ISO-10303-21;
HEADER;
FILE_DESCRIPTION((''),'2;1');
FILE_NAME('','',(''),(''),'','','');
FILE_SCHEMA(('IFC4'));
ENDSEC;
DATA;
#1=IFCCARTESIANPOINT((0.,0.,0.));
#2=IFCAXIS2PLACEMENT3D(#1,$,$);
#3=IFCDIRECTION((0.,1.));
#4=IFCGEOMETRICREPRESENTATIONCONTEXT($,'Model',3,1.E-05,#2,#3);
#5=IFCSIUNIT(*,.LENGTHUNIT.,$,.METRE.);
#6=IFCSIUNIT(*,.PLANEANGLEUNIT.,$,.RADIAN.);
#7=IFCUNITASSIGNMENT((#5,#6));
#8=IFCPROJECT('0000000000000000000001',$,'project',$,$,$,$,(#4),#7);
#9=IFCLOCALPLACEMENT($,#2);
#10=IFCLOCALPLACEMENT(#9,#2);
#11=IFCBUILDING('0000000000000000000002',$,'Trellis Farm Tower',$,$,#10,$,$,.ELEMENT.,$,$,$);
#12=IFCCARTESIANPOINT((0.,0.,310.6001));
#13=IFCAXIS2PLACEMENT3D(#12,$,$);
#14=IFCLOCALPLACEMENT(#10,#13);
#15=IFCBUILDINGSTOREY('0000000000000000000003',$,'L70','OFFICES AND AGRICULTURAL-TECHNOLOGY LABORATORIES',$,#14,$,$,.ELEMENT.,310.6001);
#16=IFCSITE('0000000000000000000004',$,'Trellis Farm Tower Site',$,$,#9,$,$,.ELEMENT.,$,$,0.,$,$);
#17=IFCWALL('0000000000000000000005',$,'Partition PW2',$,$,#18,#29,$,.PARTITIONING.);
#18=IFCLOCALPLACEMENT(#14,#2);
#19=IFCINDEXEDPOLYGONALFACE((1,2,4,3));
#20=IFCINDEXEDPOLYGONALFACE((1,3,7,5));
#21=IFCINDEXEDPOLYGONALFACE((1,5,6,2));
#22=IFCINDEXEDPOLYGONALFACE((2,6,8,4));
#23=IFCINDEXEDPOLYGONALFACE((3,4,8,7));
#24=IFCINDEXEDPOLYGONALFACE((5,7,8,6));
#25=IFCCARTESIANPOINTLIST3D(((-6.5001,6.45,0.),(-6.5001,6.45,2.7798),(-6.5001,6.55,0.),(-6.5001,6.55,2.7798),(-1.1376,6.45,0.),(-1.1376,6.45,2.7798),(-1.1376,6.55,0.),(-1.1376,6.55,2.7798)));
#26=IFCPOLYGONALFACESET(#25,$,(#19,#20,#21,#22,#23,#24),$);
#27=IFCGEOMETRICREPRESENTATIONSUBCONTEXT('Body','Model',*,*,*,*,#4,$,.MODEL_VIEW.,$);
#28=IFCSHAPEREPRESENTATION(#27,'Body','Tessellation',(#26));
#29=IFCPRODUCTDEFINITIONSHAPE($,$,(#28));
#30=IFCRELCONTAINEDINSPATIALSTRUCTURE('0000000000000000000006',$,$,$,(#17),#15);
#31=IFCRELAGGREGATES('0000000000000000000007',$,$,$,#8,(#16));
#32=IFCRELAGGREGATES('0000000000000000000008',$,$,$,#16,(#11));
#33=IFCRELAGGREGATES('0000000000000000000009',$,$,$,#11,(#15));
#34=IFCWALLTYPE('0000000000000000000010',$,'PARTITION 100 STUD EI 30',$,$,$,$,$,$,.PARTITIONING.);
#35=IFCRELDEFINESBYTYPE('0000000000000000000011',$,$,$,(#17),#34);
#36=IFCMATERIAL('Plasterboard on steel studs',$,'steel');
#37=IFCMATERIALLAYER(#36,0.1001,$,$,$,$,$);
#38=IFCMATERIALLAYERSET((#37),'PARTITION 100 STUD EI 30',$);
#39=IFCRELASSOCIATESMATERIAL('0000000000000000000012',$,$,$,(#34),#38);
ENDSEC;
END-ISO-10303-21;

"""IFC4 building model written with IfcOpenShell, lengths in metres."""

from ifc_helpers import new_model, si_unit, direction, frame, frame_2d, origin, place, context, subcontext, project, spatial, rectangle, extrude, source, transform, mapped, material, layer, layer_set, type_object, element, save


model = new_model("IFC4")

# Units and contexts
model_context = context("Model", 3, precision=1e-05, world=origin(), true_north=direction((0.0, 1.0)))
body_context = subcontext(model_context, "Body", "Model", "MODEL_VIEW")
ifc_project = project(units=[si_unit("LENGTHUNIT", "METRE"), si_unit("PLANEANGLEUNIT", "RADIAN")], contexts=[model_context])

# Site, building, storey
site_placement = place(None, origin())
site = spatial("IfcSite", under=ifc_project, at=site_placement, Name="Trellis Farm Tower Site", CompositionType="ELEMENT", RefElevation=0.0)
building_placement = place(site_placement, origin())
building = spatial("IfcBuilding", under=site, at=building_placement, Name="Trellis Farm Tower", CompositionType="ELEMENT")
storey_placement = place(building_placement, frame((0.0, 0.0, 310.6001)))
storey = spatial("IfcBuildingStorey", under=building, at=storey_placement, Name="L70", Description="OFFICES AND AGRICULTURAL-TECHNOLOGY LABORATORIES", CompositionType="ELEMENT", Elevation=310.6001)

# Wall
ifc_material_1 = material(Name="Plasterboard on steel studs", Category="steel")
ifc_layer_1 = layer(ifc_material_1, 0.1001)
ifc_layer_set_1 = layer_set([ifc_layer_1], Name="PARTITION 100 STUD EI 30")
wall_type_1 = type_object("IfcWallType", Name="PARTITION 100 STUD EI 30", PredefinedType="PARTITIONING", material=ifc_layer_set_1)
shared_shape_1 = source(origin(), body_context, "Body", "SweptSolid", [
    extrude(rectangle(XDim=5.3625, YDim=0.1001, at=frame_2d((2.6812, 0.0))), origin(), (0.0, 0.0, 1.0), 2.7798),
])
wall_1_placement = place(storey_placement, frame((-6.5, 6.5, 0.0), z_axis=(0.0, 0.0, 1.0), x_axis=(1.0, 0.0, 0.0)))
element("IfcWall", 1, at=wall_1_placement, inside=storey, type_object=wall_type_1, Name="Partition PW2", PredefinedType="PARTITIONING", context=body_context, shape_type="MappedRepresentation", body=[
    mapped(shared_shape_1, transform((0.0, 0.0, 0.0))),
])

save(model, "model.ifc")
